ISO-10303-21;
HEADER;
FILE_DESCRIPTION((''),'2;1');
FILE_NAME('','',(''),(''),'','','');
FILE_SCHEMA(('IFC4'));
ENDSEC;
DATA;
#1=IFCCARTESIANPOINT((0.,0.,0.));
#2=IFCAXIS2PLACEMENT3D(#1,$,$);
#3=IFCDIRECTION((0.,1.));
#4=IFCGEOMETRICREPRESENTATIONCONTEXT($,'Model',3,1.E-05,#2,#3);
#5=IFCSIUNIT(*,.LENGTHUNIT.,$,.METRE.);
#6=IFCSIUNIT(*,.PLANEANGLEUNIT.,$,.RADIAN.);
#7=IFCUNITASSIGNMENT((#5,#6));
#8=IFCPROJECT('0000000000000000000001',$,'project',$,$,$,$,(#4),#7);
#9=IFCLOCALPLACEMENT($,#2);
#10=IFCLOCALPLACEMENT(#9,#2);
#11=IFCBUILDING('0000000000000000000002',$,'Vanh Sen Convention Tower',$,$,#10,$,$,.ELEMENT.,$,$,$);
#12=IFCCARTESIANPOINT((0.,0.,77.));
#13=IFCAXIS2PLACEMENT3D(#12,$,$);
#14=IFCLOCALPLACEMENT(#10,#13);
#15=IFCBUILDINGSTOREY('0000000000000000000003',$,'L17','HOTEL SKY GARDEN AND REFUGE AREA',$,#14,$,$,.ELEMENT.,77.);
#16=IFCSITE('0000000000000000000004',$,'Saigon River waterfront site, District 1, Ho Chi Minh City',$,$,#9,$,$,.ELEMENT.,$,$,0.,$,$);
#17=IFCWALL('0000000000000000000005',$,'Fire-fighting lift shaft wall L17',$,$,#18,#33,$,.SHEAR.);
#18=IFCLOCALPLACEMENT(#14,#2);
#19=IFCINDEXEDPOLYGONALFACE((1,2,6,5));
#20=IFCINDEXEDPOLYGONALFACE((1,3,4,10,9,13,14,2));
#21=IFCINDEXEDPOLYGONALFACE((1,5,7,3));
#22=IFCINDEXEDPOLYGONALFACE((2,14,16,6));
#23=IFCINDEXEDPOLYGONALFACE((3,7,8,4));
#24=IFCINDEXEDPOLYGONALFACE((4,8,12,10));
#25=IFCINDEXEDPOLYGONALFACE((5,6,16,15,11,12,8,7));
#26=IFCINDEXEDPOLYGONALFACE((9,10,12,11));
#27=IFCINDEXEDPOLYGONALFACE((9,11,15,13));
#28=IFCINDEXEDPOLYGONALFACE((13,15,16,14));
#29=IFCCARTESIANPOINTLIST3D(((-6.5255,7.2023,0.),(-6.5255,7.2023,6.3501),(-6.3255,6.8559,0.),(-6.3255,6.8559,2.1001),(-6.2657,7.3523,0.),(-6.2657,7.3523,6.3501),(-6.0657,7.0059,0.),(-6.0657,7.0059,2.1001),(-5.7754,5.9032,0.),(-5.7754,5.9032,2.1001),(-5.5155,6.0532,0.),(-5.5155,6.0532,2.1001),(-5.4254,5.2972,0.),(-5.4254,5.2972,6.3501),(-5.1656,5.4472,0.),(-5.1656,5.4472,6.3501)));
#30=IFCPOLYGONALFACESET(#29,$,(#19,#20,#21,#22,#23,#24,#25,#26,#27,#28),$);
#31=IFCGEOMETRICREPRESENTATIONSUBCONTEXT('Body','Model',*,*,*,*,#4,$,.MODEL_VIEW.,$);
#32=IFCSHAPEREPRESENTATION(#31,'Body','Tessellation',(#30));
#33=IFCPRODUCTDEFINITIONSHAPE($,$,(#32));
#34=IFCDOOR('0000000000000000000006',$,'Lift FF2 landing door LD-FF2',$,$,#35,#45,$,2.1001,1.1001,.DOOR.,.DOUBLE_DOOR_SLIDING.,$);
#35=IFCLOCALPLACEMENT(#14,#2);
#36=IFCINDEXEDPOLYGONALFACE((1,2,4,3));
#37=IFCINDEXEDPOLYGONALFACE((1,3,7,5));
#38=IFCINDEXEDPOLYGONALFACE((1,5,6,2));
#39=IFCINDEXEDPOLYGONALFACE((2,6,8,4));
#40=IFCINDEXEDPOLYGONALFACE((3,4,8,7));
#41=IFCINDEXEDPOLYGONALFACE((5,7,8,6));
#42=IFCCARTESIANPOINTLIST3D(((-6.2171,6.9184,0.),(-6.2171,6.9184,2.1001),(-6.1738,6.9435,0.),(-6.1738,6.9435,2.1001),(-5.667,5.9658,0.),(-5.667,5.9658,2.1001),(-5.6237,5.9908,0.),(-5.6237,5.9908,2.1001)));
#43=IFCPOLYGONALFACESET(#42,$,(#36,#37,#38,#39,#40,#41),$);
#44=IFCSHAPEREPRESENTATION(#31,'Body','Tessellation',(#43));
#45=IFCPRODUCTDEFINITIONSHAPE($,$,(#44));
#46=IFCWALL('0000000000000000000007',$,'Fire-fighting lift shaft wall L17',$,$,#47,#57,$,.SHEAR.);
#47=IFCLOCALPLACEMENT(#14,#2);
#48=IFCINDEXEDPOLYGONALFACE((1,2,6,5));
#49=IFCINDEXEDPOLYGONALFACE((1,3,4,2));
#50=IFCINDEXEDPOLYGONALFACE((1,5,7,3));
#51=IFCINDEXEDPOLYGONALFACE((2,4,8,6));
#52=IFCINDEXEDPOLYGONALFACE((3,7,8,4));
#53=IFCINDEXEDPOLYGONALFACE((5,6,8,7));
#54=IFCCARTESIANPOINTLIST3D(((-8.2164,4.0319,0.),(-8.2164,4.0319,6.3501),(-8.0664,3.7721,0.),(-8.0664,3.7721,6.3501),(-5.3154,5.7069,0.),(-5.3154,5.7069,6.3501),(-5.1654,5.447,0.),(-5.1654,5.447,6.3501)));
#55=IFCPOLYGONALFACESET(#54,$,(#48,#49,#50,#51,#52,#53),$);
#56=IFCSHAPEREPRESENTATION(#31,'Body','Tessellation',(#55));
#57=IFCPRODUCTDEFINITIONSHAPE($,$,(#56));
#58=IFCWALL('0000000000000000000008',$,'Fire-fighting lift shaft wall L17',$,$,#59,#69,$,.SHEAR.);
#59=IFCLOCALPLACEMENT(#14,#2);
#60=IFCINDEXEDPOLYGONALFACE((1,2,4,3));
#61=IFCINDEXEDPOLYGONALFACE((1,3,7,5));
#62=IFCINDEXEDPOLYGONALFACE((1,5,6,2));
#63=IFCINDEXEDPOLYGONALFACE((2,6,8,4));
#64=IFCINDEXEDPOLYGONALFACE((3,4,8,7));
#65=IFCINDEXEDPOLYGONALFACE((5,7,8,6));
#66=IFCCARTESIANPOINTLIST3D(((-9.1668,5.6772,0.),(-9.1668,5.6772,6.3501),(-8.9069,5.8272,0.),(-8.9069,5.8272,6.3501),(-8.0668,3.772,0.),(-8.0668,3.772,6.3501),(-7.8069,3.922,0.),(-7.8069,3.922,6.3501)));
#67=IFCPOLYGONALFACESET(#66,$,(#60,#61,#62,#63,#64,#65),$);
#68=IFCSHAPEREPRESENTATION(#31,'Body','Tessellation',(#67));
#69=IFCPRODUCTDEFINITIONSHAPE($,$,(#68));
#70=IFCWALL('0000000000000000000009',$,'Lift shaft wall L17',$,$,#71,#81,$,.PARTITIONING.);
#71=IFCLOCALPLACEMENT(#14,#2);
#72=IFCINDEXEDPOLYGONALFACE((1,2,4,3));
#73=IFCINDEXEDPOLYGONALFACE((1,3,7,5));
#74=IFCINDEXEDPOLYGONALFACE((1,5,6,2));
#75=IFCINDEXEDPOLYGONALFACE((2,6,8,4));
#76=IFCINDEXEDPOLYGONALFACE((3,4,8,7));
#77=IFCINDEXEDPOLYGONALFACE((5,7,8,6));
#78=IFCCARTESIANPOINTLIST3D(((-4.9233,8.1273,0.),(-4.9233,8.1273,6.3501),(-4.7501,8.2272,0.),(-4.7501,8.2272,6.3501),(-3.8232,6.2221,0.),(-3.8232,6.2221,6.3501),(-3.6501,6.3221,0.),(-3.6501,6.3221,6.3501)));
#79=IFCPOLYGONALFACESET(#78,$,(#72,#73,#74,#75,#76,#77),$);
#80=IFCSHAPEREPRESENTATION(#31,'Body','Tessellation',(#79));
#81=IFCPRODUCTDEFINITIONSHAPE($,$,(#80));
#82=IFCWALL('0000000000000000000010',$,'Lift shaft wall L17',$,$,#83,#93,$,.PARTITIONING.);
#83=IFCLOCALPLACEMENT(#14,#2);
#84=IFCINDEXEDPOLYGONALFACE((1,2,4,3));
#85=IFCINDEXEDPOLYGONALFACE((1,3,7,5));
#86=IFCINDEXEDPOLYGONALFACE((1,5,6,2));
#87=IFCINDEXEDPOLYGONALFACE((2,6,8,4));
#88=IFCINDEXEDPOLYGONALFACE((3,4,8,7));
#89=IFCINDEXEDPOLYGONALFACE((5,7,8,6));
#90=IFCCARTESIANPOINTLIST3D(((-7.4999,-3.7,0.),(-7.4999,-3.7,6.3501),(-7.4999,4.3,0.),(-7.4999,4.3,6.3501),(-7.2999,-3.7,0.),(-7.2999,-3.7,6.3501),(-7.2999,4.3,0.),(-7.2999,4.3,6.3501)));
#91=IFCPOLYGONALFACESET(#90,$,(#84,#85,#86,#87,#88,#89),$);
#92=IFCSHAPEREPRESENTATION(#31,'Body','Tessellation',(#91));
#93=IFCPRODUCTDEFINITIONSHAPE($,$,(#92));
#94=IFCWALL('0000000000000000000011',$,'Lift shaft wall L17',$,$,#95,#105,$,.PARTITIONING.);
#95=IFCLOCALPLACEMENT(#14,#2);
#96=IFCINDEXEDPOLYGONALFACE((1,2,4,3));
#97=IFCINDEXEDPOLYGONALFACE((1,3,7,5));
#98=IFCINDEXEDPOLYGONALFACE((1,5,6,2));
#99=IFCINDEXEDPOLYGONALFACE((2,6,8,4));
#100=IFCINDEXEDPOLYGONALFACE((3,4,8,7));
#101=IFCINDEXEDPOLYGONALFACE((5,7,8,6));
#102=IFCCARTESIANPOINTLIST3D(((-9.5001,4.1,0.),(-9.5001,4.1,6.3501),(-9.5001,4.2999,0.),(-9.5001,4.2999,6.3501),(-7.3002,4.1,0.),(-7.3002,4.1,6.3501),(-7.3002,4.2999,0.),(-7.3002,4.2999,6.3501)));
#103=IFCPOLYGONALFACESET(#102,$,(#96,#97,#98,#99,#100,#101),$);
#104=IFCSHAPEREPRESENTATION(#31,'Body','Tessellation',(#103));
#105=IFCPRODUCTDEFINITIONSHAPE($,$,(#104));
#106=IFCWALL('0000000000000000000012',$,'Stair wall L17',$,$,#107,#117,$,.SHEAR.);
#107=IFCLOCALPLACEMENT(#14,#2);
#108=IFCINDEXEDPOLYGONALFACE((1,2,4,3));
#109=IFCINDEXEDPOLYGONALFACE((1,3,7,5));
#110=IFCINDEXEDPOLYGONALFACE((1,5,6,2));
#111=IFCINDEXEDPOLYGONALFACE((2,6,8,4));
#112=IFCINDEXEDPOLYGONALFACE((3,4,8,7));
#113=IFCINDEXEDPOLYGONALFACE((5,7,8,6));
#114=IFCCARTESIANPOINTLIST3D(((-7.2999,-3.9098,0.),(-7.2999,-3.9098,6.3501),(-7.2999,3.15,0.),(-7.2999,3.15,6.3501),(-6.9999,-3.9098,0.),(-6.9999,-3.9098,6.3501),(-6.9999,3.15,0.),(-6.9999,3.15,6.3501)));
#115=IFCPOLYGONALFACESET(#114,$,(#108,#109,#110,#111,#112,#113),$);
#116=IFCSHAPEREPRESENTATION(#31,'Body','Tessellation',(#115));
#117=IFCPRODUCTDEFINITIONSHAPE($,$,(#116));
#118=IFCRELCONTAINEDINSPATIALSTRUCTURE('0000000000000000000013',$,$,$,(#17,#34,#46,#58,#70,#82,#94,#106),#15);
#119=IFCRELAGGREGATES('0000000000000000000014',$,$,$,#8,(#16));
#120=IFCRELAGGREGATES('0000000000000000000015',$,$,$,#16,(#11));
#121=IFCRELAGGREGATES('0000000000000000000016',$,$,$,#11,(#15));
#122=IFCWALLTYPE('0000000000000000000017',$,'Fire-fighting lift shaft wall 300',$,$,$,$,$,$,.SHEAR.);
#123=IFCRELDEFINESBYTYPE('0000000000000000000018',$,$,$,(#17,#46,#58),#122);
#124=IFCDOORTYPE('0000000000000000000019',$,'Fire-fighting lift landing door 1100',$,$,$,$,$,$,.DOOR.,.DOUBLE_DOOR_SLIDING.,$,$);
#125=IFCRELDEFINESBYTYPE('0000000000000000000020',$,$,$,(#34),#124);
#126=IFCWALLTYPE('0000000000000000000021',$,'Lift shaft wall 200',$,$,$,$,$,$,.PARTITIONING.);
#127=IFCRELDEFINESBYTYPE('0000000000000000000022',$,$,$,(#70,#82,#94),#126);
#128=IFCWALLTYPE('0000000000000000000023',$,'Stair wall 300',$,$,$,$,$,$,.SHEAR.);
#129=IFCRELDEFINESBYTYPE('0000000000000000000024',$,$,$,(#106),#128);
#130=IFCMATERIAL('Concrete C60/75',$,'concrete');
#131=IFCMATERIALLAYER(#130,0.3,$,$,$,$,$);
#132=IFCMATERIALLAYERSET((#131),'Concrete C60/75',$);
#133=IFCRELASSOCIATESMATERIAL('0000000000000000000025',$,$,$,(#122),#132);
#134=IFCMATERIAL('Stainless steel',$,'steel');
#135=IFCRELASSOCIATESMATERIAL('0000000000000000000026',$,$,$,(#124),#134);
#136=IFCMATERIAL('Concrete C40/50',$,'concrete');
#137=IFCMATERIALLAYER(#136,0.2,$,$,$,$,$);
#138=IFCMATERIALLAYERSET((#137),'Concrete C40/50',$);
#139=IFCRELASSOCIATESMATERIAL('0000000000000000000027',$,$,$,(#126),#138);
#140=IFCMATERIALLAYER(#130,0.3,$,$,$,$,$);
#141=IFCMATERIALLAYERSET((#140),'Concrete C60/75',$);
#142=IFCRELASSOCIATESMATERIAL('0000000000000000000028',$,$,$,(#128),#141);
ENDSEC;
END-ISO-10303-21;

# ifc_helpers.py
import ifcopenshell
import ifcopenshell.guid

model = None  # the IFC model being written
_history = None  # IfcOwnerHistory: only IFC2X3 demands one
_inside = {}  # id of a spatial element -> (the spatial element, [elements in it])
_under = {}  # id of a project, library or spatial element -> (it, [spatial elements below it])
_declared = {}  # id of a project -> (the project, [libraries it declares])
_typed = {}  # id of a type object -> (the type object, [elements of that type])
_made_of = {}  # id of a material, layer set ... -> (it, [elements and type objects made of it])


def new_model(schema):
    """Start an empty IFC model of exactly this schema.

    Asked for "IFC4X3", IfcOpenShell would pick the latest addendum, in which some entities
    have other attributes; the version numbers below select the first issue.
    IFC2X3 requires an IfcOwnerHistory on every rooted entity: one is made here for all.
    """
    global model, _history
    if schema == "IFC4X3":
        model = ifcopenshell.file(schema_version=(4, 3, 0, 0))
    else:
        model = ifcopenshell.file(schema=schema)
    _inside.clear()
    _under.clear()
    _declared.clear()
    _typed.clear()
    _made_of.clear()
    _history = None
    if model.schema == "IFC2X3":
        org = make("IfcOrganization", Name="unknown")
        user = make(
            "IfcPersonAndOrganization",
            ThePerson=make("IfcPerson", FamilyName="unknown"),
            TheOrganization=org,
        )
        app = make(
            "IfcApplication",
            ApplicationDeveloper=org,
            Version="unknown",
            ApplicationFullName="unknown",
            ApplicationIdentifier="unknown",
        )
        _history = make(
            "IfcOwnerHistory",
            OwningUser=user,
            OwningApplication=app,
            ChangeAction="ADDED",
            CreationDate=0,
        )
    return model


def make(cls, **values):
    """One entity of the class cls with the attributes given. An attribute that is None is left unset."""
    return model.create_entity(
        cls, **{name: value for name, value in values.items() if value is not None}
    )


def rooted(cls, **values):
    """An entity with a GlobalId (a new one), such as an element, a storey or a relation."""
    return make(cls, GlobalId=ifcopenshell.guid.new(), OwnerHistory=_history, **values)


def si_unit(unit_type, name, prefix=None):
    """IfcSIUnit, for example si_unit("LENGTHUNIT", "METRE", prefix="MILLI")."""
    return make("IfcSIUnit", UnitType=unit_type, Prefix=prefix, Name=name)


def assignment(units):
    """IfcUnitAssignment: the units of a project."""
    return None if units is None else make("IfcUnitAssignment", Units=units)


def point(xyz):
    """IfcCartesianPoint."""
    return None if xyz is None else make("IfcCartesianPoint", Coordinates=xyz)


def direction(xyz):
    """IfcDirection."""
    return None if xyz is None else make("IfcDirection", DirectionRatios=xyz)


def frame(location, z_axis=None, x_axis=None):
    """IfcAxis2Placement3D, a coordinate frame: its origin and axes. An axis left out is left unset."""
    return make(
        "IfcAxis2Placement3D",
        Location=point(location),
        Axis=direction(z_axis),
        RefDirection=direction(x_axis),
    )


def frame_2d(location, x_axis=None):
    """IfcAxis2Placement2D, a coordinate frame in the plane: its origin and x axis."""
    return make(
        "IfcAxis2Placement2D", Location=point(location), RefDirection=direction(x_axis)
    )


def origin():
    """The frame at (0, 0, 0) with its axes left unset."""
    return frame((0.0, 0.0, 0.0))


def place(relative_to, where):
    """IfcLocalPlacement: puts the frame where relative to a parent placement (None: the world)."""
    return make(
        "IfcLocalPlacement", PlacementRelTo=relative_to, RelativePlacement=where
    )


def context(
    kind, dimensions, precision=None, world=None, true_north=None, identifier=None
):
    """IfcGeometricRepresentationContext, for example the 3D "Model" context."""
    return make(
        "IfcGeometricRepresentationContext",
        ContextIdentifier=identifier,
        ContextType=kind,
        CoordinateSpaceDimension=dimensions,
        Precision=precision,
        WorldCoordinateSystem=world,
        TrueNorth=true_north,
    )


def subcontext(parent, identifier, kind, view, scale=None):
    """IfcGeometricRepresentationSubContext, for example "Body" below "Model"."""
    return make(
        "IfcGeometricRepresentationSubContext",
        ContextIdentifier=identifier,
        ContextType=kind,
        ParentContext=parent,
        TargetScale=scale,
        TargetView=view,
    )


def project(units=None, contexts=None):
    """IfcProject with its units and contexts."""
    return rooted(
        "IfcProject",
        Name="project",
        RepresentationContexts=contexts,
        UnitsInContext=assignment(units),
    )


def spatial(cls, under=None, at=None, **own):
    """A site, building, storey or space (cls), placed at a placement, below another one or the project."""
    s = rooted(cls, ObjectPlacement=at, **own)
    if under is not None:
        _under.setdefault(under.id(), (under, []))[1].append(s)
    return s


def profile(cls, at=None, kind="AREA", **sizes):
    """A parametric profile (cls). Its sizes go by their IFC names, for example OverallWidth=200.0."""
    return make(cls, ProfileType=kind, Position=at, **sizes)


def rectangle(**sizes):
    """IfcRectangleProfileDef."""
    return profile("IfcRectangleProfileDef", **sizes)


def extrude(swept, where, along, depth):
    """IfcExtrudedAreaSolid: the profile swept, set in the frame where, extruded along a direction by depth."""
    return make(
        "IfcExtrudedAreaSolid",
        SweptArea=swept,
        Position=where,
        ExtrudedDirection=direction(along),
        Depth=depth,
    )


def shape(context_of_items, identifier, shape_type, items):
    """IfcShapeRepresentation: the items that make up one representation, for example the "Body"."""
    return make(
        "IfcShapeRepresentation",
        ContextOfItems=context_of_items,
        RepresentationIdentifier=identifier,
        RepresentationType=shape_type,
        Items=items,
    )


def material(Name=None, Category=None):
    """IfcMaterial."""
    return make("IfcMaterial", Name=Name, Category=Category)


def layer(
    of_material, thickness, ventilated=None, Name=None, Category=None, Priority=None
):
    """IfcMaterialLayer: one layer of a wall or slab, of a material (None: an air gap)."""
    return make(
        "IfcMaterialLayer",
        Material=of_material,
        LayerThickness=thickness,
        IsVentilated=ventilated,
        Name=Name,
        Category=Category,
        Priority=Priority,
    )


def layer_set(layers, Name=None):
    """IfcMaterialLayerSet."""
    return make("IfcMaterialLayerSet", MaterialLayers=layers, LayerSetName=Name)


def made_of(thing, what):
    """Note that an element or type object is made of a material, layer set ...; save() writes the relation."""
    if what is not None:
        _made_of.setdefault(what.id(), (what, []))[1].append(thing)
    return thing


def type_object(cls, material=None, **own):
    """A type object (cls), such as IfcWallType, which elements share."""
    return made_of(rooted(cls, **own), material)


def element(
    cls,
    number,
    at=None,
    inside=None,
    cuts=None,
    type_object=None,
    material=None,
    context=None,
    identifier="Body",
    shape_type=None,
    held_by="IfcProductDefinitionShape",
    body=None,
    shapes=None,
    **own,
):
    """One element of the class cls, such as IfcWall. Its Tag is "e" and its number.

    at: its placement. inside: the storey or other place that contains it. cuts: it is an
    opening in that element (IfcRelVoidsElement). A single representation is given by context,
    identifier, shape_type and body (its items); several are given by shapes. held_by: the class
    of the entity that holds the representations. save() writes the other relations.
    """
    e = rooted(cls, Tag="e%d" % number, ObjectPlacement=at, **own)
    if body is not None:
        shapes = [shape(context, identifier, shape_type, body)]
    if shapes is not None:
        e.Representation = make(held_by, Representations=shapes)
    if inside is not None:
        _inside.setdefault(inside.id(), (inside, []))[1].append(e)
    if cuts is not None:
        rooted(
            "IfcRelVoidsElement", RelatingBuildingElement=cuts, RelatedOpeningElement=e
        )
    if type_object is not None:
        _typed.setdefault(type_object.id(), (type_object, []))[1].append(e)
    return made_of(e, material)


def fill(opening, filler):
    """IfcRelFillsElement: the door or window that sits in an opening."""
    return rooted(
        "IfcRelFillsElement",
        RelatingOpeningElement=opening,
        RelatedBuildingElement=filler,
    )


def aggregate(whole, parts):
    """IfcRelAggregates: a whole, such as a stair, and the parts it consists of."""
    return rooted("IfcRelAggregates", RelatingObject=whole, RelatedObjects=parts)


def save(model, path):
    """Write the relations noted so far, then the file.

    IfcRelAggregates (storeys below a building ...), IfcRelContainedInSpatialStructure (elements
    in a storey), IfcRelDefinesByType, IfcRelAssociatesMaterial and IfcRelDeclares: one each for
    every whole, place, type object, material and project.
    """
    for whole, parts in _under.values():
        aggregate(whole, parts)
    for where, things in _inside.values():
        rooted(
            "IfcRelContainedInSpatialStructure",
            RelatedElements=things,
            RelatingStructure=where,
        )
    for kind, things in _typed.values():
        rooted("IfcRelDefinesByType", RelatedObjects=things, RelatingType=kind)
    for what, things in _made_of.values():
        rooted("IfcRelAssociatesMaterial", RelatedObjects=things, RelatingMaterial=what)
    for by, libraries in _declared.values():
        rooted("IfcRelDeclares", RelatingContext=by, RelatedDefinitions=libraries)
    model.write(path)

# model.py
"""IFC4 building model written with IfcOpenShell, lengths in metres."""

from ifc_helpers import new_model, si_unit, direction, frame, frame_2d, origin, place, context, subcontext, project, spatial, rectangle, extrude, material, layer, layer_set, type_object, element, fill, save


model = new_model("IFC4")

# Units and contexts
model_context = context("Model", 3, precision=1e-05, world=origin(), true_north=direction((0.0, 1.0)))
body_context = subcontext(model_context, "Body", "Model", "MODEL_VIEW")
ifc_project = project(units=[si_unit("LENGTHUNIT", "METRE"), si_unit("PLANEANGLEUNIT", "RADIAN")], contexts=[model_context])

# Site, building, storey
site_placement = place(None, origin())
site = spatial("IfcSite", under=ifc_project, at=site_placement, Name="Saigon River waterfront site, District 1, Ho Chi Minh City", CompositionType="ELEMENT", RefElevation=0.0)
building_placement = place(site_placement, origin())
building = spatial("IfcBuilding", under=site, at=building_placement, Name="Vanh Sen Convention Tower", CompositionType="ELEMENT")
storey_placement = place(building_placement, frame((0.0, 0.0, 77.0)))
storey = spatial("IfcBuildingStorey", under=building, at=storey_placement, Name="L17", Description="HOTEL SKY GARDEN AND REFUGE AREA", CompositionType="ELEMENT", Elevation=77.0)

# Wall, opening, door
ifc_material_1 = material(Name="Concrete C60/75", Category="concrete")
ifc_layer_1 = layer(ifc_material_1, 0.3)
ifc_layer_set_1 = layer_set([ifc_layer_1], Name="Concrete C60/75")
wall_type_1 = type_object("IfcWallType", Name="Fire-fighting lift shaft wall 300", PredefinedType="SHEAR", material=ifc_layer_set_1)
wall_1_placement = place(storey_placement, frame((-5.2954, 5.3721, 0.0), z_axis=(0.0, 0.0, 1.0), x_axis=(-0.500078, 0.86598, 0.0)))
wall_1 = element("IfcWall", 1, at=wall_1_placement, inside=storey, type_object=wall_type_1, Name="Fire-fighting lift shaft wall L17", PredefinedType="SHEAR", context=body_context, shape_type="SweptSolid", body=[
    extrude(rectangle(XDim=2.2, YDim=0.3, at=frame_2d((1.1001, 0.0))), origin(), (0.0, 0.0, 1.0), 6.3501),
])
opening_1_placement = place(wall_1_placement, frame((0.7, 0.0, 0.0)))
opening_1 = element("IfcOpeningElement", 2, at=opening_1_placement, cuts=wall_1, PredefinedType="OPENING", context=body_context, shape_type="SweptSolid", body=[
    extrude(rectangle(XDim=1.1001, YDim=2.1001, at=frame_2d((0.55, 1.05))), frame((0.0, 0.1599, 0.0), z_axis=(0.0, -1.0, 0.0), x_axis=(1.0, 0.0, 0.0)), (0.0, 0.0, 1.0), 0.3201),
])
ifc_material_2 = material(Name="Stainless steel", Category="steel")
door_type_1 = type_object("IfcDoorType", Name="Fire-fighting lift landing door 1100", OperationType="DOUBLE_DOOR_SLIDING", PredefinedType="DOOR", material=ifc_material_2)
door_1_placement = place(opening_1_placement, origin())
door_1 = element("IfcDoor", 3, at=door_1_placement, inside=storey, type_object=door_type_1, Name="Lift FF2 landing door LD-FF2", OperationType="DOUBLE_DOOR_SLIDING", OverallHeight=2.1001, OverallWidth=1.1001, PredefinedType="DOOR", context=body_context, shape_type="SweptSolid", body=[
    extrude(rectangle(XDim=1.1001, YDim=2.1001, at=frame_2d((0.55, 1.05))), frame((0.0, 0.0249, 0.0), z_axis=(0.0, -1.0, 0.0), x_axis=(1.0, 0.0, 0.0)), (0.0, 0.0, 1.0), 0.05),
])
fill(opening_1, door_1)

# Walls
wall_2_placement = place(storey_placement, frame((-5.2405, 5.5769, 0.0), z_axis=(0.0, 0.0, 1.0), x_axis=(-0.866014, -0.500019, 0.0)))
element("IfcWall", 4, at=wall_2_placement, inside=storey, type_object=wall_type_1, Name="Fire-fighting lift shaft wall L17", PredefinedType="SHEAR", context=body_context, shape_type="SweptSolid", body=[
    extrude(rectangle(XDim=3.3499, YDim=0.3, at=frame_2d((1.6748, 0.0))), origin(), (0.0, 0.0, 1.0), 6.3501),
])
wall_3_placement = place(storey_placement, frame((-7.9368, 3.8469, 0.0), z_axis=(0.0, 0.0, 1.0), x_axis=(-0.50003, 0.866008, 0.0)))
element("IfcWall", 5, at=wall_3_placement, inside=storey, type_object=wall_type_1, Name="Fire-fighting lift shaft wall L17", PredefinedType="SHEAR", context=body_context, shape_type="SweptSolid", body=[
    extrude(rectangle(XDim=2.2, YDim=0.3, at=frame_2d((1.1001, 0.0))), origin(), (0.0, 0.0, 1.0), 6.3501),
])
ifc_material_3 = material(Name="Concrete C40/50", Category="concrete")
ifc_layer_2 = layer(ifc_material_3, 0.2)
ifc_layer_set_2 = layer_set([ifc_layer_2], Name="Concrete C40/50")
wall_type_2 = type_object("IfcWallType", Name="Lift shaft wall 200", PredefinedType="PARTITIONING", material=ifc_layer_set_2)
wall_4_placement = place(storey_placement, frame((-3.7366, 6.272, 0.0), z_axis=(0.0, 0.0, 1.0), x_axis=(-0.50003, 0.866008, 0.0)))
element("IfcWall", 6, at=wall_4_placement, inside=storey, type_object=wall_type_2, Name="Lift shaft wall L17", PredefinedType="PARTITIONING", context=body_context, shape_type="SweptSolid", body=[
    extrude(rectangle(XDim=2.2, YDim=0.2, at=frame_2d((1.1001, 0.0))), origin(), (0.0, 0.0, 1.0), 6.3501),
])
wall_5_placement = place(storey_placement, frame((-7.3999, 4.3, 0.0), z_axis=(0.0, 0.0, 1.0), x_axis=(0.0, -1.0, 0.0)))
element("IfcWall", 7, at=wall_5_placement, inside=storey, type_object=wall_type_2, Name="Lift shaft wall L17", PredefinedType="PARTITIONING", context=body_context, shape_type="SweptSolid", body=[
    extrude(rectangle(XDim=8.0, YDim=0.2, at=frame_2d((4.0, 0.0))), origin(), (0.0, 0.0, 1.0), 6.3501),
])
wall_6_placement = place(storey_placement, frame((-7.3, 4.2, 0.0), z_axis=(0.0, 0.0, 1.0), x_axis=(-1.0, 0.0, 0.0)))
element("IfcWall", 8, at=wall_6_placement, inside=storey, type_object=wall_type_2, Name="Lift shaft wall L17", PredefinedType="PARTITIONING", context=body_context, shape_type="SweptSolid", body=[
    extrude(rectangle(XDim=2.2, YDim=0.2, at=frame_2d((1.1001, 0.0))), origin(), (0.0, 0.0, 1.0), 6.3501),
])
ifc_layer_3 = layer(ifc_material_1, 0.3)
ifc_layer_set_3 = layer_set([ifc_layer_3], Name="Concrete C60/75")
wall_type_3 = type_object("IfcWallType", Name="Stair wall 300", PredefinedType="SHEAR", material=ifc_layer_set_3)
wall_7_placement = place(storey_placement, frame((-7.1499, 3.1499, 0.0), z_axis=(0.0, 0.0, 1.0), x_axis=(0.0, -1.0, 0.0)))
element("IfcWall", 9, at=wall_7_placement, inside=storey, type_object=wall_type_3, Name="Stair wall L17", PredefinedType="SHEAR", context=body_context, shape_type="SweptSolid", body=[
    extrude(rectangle(XDim=7.0598, YDim=0.3, at=frame_2d((3.5298, 0.0))), origin(), (0.0, 0.0, 1.0), 6.3501),
])

save(model, "model.ifc")
